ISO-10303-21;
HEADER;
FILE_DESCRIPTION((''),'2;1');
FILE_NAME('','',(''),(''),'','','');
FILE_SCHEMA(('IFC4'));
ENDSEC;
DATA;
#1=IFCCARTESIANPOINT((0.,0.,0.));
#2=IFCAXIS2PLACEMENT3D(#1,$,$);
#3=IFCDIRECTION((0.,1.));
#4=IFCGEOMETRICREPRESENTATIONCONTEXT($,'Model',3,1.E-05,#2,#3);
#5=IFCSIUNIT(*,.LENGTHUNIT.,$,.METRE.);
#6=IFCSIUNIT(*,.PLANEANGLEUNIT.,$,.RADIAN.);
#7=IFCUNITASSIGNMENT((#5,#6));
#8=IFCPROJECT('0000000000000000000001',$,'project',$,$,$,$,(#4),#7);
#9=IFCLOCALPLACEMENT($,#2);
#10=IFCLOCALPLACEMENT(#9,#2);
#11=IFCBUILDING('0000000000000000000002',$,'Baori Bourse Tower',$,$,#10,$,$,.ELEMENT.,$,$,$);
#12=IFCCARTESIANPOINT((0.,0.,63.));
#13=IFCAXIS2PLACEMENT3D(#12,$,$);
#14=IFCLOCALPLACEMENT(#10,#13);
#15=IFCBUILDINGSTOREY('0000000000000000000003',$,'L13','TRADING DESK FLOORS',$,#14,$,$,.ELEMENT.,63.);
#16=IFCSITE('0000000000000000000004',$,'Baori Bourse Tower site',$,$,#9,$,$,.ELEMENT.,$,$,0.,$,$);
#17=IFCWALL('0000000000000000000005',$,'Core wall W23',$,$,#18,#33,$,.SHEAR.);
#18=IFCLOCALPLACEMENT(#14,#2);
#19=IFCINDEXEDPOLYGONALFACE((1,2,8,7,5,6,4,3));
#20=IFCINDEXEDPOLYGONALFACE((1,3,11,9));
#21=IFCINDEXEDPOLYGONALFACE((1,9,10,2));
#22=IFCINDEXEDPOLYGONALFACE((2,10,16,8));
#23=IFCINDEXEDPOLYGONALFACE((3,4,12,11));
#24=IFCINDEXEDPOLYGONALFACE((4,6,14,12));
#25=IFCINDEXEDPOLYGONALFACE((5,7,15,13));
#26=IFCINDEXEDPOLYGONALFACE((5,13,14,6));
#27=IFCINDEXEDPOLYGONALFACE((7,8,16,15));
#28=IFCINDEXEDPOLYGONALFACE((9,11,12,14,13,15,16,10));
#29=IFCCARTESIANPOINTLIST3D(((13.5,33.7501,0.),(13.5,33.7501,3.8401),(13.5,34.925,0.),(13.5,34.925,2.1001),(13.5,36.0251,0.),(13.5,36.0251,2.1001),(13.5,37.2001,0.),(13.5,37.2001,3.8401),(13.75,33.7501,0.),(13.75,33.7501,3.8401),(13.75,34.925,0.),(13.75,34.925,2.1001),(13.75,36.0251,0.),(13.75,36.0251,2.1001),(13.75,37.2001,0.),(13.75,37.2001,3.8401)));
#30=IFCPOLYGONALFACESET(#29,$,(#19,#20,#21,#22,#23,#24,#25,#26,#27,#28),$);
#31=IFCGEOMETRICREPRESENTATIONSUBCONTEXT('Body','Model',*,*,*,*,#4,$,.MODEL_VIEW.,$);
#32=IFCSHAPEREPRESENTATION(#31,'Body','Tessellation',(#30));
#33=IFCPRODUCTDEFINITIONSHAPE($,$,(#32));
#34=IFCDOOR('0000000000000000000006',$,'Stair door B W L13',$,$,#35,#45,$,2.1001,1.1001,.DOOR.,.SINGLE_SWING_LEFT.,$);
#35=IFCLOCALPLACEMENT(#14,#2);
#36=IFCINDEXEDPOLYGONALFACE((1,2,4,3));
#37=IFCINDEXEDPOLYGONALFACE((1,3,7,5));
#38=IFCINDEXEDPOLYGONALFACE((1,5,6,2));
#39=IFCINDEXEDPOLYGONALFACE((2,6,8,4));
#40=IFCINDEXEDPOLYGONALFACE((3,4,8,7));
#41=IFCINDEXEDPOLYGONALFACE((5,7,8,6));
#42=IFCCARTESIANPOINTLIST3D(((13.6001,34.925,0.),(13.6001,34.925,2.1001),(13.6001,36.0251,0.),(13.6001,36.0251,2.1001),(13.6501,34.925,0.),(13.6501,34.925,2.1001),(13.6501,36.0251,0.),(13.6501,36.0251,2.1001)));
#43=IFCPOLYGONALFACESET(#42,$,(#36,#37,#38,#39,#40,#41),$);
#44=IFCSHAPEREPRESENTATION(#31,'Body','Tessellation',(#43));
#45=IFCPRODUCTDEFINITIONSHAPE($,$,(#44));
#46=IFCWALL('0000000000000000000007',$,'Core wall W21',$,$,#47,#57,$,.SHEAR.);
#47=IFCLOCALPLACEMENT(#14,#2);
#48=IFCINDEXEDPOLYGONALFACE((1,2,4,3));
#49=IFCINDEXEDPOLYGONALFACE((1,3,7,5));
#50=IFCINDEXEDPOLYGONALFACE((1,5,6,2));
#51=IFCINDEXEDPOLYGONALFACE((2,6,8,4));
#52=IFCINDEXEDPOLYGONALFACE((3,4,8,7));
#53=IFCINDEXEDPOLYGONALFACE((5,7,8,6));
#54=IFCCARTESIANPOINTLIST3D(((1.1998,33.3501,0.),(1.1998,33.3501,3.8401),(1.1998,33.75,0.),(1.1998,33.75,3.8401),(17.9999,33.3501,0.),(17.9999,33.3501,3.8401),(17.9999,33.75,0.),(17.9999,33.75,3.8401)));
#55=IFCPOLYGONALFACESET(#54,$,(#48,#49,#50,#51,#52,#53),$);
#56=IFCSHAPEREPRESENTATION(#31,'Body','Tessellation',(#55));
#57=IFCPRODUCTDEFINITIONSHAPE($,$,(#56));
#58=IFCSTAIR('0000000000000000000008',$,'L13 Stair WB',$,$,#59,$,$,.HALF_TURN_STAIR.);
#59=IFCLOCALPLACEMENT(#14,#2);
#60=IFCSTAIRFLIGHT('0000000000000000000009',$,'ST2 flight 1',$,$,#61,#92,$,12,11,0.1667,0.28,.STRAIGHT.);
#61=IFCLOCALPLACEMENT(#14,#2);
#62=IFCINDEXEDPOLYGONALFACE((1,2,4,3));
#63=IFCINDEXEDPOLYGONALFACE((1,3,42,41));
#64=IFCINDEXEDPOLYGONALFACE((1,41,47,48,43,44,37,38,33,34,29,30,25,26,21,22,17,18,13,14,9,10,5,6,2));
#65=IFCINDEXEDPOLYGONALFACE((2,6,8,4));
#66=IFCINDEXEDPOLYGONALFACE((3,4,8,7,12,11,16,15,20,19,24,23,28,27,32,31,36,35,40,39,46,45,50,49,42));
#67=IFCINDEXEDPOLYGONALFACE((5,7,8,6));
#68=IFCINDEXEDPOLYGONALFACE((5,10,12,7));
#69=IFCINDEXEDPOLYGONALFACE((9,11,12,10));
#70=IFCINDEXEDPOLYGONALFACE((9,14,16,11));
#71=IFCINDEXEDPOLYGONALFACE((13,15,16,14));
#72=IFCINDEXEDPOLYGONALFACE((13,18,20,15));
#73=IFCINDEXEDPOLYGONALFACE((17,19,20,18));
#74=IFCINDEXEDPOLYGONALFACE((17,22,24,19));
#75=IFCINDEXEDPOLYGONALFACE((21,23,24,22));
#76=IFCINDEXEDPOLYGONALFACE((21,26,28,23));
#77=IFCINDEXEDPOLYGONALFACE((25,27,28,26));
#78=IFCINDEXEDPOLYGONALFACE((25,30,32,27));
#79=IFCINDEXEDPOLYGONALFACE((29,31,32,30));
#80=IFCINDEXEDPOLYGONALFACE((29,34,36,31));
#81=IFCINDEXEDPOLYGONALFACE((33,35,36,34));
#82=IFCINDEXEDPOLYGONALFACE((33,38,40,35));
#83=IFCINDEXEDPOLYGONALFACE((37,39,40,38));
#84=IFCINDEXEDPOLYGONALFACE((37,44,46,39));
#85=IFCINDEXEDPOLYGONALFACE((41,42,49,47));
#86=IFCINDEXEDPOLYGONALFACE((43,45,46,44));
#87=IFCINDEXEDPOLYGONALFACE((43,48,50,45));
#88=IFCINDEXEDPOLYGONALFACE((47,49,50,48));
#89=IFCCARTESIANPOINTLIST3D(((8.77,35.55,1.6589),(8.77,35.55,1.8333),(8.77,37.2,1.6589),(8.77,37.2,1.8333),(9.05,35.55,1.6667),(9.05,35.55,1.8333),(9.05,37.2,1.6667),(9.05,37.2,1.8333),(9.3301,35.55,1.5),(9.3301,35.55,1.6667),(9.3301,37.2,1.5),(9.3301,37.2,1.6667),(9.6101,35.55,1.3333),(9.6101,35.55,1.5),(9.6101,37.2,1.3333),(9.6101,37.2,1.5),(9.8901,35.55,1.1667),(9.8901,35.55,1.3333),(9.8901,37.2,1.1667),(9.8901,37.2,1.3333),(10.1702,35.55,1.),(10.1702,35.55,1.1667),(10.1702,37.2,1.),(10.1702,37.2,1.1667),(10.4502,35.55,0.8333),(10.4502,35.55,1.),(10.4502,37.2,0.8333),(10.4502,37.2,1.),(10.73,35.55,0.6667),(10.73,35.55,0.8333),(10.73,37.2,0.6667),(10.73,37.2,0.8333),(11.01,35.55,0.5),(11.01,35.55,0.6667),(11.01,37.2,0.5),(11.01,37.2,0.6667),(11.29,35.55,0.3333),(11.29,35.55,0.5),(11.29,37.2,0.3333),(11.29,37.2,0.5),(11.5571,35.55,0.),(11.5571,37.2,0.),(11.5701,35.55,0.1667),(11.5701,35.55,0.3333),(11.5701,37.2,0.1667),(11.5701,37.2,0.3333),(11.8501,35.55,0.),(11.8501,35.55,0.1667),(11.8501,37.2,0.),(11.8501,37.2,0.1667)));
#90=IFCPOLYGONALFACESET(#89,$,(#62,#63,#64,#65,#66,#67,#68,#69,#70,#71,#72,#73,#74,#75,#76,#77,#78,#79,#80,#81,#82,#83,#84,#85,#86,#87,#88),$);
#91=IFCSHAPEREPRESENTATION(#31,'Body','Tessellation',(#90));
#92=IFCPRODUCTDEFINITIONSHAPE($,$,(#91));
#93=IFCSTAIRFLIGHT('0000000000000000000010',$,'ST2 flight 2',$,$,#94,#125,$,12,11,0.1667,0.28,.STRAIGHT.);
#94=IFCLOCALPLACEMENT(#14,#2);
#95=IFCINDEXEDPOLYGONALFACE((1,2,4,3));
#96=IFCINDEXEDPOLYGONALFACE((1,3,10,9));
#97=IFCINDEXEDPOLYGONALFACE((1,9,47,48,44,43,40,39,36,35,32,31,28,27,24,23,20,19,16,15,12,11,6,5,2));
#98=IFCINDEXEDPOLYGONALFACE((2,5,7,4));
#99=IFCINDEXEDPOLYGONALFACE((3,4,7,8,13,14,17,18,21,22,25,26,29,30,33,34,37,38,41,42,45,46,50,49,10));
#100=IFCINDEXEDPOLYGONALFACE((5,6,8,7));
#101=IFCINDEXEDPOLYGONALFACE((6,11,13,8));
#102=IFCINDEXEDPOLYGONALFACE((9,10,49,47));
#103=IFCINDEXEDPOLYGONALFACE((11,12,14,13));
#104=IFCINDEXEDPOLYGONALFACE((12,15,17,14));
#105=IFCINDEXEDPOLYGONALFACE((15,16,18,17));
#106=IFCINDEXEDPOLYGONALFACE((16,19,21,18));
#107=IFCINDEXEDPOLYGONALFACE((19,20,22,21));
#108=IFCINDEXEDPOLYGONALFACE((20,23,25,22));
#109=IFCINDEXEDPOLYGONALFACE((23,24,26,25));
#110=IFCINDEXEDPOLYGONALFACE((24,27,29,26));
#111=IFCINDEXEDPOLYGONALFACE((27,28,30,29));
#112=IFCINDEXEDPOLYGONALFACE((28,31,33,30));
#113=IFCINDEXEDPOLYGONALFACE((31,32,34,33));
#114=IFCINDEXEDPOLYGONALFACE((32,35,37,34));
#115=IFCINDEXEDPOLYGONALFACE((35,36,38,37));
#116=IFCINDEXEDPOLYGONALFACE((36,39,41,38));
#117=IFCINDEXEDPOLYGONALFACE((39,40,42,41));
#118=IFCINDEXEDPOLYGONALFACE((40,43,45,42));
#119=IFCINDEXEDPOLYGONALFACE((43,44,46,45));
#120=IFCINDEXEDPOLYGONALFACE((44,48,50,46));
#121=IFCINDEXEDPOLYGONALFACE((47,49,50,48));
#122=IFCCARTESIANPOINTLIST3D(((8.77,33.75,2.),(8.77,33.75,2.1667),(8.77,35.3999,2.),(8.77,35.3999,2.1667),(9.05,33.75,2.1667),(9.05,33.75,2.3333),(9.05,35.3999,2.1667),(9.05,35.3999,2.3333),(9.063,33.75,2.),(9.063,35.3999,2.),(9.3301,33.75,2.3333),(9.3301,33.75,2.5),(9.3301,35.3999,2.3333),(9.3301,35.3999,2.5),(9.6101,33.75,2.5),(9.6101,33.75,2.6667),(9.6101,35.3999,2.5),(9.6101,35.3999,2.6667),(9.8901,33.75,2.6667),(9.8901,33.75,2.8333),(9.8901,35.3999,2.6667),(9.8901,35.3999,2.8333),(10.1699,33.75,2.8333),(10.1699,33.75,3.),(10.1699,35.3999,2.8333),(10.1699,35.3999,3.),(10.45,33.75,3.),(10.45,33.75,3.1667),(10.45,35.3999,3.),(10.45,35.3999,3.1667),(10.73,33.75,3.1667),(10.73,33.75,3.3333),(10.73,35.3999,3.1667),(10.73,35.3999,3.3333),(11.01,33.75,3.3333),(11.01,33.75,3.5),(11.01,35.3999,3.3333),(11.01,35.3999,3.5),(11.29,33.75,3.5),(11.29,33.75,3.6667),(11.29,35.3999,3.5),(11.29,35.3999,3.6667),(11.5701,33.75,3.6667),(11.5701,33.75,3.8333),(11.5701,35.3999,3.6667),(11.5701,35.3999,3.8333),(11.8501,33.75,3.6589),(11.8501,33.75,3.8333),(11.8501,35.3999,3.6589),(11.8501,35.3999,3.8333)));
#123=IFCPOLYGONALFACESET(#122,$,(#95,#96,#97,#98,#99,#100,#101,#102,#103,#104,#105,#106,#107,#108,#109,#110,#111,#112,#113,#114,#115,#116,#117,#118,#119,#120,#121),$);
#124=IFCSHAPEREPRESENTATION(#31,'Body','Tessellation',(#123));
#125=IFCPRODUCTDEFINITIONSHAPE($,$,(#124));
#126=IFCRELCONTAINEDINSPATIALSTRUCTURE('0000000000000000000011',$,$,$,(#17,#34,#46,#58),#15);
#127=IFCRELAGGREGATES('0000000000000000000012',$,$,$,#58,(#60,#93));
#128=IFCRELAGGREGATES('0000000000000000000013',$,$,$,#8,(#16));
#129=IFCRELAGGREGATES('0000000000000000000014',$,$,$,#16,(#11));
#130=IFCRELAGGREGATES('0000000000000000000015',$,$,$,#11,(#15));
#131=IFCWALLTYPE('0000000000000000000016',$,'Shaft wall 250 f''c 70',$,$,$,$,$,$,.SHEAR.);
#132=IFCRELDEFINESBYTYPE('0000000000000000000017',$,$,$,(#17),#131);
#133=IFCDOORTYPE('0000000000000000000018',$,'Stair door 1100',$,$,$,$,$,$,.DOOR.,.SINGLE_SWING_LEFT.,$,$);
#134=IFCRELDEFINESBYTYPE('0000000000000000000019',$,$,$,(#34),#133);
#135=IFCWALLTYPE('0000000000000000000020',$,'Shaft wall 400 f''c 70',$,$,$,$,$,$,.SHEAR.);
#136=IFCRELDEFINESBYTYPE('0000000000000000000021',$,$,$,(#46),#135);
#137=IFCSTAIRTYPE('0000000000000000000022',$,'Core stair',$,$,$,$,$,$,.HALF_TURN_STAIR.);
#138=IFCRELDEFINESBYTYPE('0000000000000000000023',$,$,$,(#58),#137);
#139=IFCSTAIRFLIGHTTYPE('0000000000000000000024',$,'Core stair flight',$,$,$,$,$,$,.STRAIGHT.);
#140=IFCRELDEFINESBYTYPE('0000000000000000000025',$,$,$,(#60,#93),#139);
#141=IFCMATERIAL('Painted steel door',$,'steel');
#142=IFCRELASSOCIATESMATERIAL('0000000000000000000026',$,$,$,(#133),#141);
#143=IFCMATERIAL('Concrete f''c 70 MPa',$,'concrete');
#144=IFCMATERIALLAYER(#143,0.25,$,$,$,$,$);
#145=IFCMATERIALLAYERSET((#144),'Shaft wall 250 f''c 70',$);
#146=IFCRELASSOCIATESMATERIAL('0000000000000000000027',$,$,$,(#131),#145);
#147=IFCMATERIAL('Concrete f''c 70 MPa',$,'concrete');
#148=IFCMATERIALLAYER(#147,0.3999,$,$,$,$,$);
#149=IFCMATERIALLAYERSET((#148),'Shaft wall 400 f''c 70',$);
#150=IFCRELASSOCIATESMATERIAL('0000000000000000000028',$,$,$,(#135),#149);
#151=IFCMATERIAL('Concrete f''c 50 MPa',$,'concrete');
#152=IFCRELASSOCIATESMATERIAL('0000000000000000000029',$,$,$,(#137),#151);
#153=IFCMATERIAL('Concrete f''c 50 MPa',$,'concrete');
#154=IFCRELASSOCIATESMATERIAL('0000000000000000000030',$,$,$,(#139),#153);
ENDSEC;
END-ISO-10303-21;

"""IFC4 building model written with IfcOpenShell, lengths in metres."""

from ifc_helpers import new_model, si_unit, direction, frame, frame_2d, origin, place, context, subcontext, project, spatial, polyline, rectangle, outline, extrude, material, layer, layer_set, type_object, element, fill, aggregate, save


model = new_model("IFC4")

# Units and contexts
model_context = context("Model", 3, precision=1e-05, world=origin(), true_north=direction((0.0, 1.0)))
body_context = subcontext(model_context, "Body", "Model", "MODEL_VIEW")
ifc_project = project(units=[si_unit("LENGTHUNIT", "METRE"), si_unit("PLANEANGLEUNIT", "RADIAN")], contexts=[model_context])

# Site, building, storey
site_placement = place(None, origin())
site = spatial("IfcSite", under=ifc_project, at=site_placement, Name="Baori Bourse Tower site", CompositionType="ELEMENT", RefElevation=0.0)
building_placement = place(site_placement, origin())
building = spatial("IfcBuilding", under=site, at=building_placement, Name="Baori Bourse Tower", CompositionType="ELEMENT")
storey_placement = place(building_placement, frame((0.0, 0.0, 63.0)))
storey = spatial("IfcBuildingStorey", under=building, at=storey_placement, Name="L13", Description="TRADING DESK FLOORS", CompositionType="ELEMENT", Elevation=63.0)

# Wall, opening, door
ifc_material_1 = material(Name="Painted steel door", Category="steel")
door_type_1 = type_object("IfcDoorType", Name="Stair door 1100", OperationType="SINGLE_SWING_LEFT", PredefinedType="DOOR", material=ifc_material_1)
ifc_material_2 = material(Name="Concrete f'c 70 MPa", Category="concrete")
ifc_layer_1 = layer(ifc_material_2, 0.25)
ifc_layer_set_1 = layer_set([ifc_layer_1], Name="Shaft wall 250 f'c 70")
wall_type_1 = type_object("IfcWallType", Name="Shaft wall 250 f'c 70", PredefinedType="SHEAR", material=ifc_layer_set_1)
wall_1_placement = place(storey_placement, frame((13.625, 33.75, 0.0), z_axis=(0.0, 0.0, 1.0), x_axis=(0.0, 1.0, 0.0)))
wall_1 = element("IfcWall", 1, at=wall_1_placement, inside=storey, type_object=wall_type_1, Name="Core wall W23", PredefinedType="SHEAR", context=body_context, shape_type="SweptSolid", body=[
    extrude(rectangle(XDim=3.45, YDim=0.25, at=frame_2d((1.7251, 0.0))), origin(), (0.0, 0.0, 1.0), 3.8401),
])
opening_1_placement = place(wall_1_placement, frame((1.175, 0.0, 0.0)))
opening_1 = element("IfcOpeningElement", 2, at=opening_1_placement, cuts=wall_1, PredefinedType="OPENING", context=body_context, shape_type="SweptSolid", body=[
    extrude(rectangle(XDim=1.1001, YDim=2.1001, at=frame_2d((0.55, 1.05))), frame((0.0, 0.135, 0.0), z_axis=(0.0, -1.0, 0.0), x_axis=(1.0, 0.0, 0.0)), (0.0, 0.0, 1.0), 0.27),
])
door_1_placement = place(opening_1_placement, origin())
door_1 = element("IfcDoor", 3, at=door_1_placement, inside=storey, type_object=door_type_1, Name="Stair door B W L13", OperationType="SINGLE_SWING_LEFT", OverallHeight=2.1001, OverallWidth=1.1001, PredefinedType="DOOR", context=body_context, shape_type="SweptSolid", body=[
    extrude(rectangle(XDim=1.1001, YDim=2.1001, at=frame_2d((0.55, 1.05))), frame((0.0, 0.0249, 0.0), z_axis=(0.0, -1.0, 0.0), x_axis=(1.0, 0.0, 0.0)), (0.0, 0.0, 1.0), 0.05),
])
fill(opening_1, door_1)

# Wall
ifc_material_3 = material(Name="Concrete f'c 70 MPa", Category="concrete")
ifc_layer_2 = layer(ifc_material_3, 0.3999)
ifc_layer_set_2 = layer_set([ifc_layer_2], Name="Shaft wall 400 f'c 70")
wall_type_2 = type_object("IfcWallType", Name="Shaft wall 400 f'c 70", PredefinedType="SHEAR", material=ifc_layer_set_2)
wall_2_placement = place(storey_placement, frame((1.2, 33.55, 0.0), z_axis=(0.0, 0.0, 1.0), x_axis=(1.0, 0.0, 0.0)))
element("IfcWall", 4, at=wall_2_placement, inside=storey, type_object=wall_type_2, Name="Core wall W21", PredefinedType="SHEAR", context=body_context, shape_type="SweptSolid", body=[
    extrude(rectangle(XDim=16.8, YDim=0.3999, at=frame_2d((8.3999, 0.0))), origin(), (0.0, 0.0, 1.0), 3.8401),
])

# Stair, stair flights
ifc_material_4 = material(Name="Concrete f'c 50 MPa", Category="concrete")
stair_type = type_object("IfcStairType", Name="Core stair", PredefinedType="HALF_TURN_STAIR", material=ifc_material_4)
stair_placement = place(storey_placement, origin())
stair = element("IfcStair", 5, at=stair_placement, inside=storey, type_object=stair_type, Name="L13 Stair WB", PredefinedType="HALF_TURN_STAIR")
ifc_material_5 = material(Name="Concrete f'c 50 MPa", Category="concrete")
stair_flight_type = type_object("IfcStairFlightType", Name="Core stair flight", PredefinedType="STRAIGHT", material=ifc_material_5)
stair_flight_1_placement = place(storey_placement, frame((11.8501, 36.375, 0.0), z_axis=(0.0, 0.0, 1.0), x_axis=(-1.0, 0.0, 0.0)))
stair_flight_1 = element("IfcStairFlight", 6, at=stair_flight_1_placement, type_object=stair_flight_type, Name="ST2 flight 1", NumberOfRisers=12, NumberOfTreads=11, PredefinedType="STRAIGHT", RiserHeight=0.1667, TreadLength=0.28, context=body_context, shape_type="SweptSolid", body=[
    extrude(outline(polyline([(0.0, 0.0), (0.0, 0.1667), (0.28, 0.1667), (0.28, 0.3333), (0.5601, 0.3333), (0.5601, 0.5), (0.8401, 0.5), (0.8401, 0.6667), (1.1201, 0.6667), (1.1201, 0.8333), (1.3999, 0.8333), (1.3999, 1.0), (1.6799, 1.0), (1.6799, 1.1667), (1.96, 1.1667), (1.96, 1.3333), (2.24, 1.3333), (2.24, 1.5), (2.52, 1.5), (2.52, 1.6667), (2.8, 1.6667), (2.8, 1.8333), (3.0801, 1.8333), (3.0801, 2.0), (3.0801, 1.6589), (0.293, 0.0), (0.0, 0.0)])), frame((0.0, 0.825, 0.0), z_axis=(0.0, -1.0, 0.0), x_axis=(1.0, 0.0, 0.0)), (0.0, 0.0, 1.0), 1.6499),
])
stair_flight_2_placement = place(storey_placement, frame((8.77, 34.575, 2.0), z_axis=(0.0, 0.0, 1.0), x_axis=(1.0, 0.0, 0.0)))
stair_flight_2 = element("IfcStairFlight", 7, at=stair_flight_2_placement, type_object=stair_flight_type, Name="ST2 flight 2", NumberOfRisers=12, NumberOfTreads=11, PredefinedType="STRAIGHT", RiserHeight=0.1667, TreadLength=0.28, context=body_context, shape_type="SweptSolid", body=[
    extrude(outline(polyline([(0.0, 0.0), (0.0, 0.1667), (0.28, 0.1667), (0.28, 0.3333), (0.5601, 0.3333), (0.5601, 0.5), (0.8401, 0.5), (0.8401, 0.6667), (1.1201, 0.6667), (1.1201, 0.8333), (1.3999, 0.8333), (1.3999, 1.0), (1.6799, 1.0), (1.6799, 1.1667), (1.96, 1.1667), (1.96, 1.3333), (2.24, 1.3333), (2.24, 1.5), (2.52, 1.5), (2.52, 1.6667), (2.8, 1.6667), (2.8, 1.8333), (3.0801, 1.8333), (3.0801, 2.0), (3.0801, 1.6589), (0.293, 0.0), (0.0, 0.0)])), frame((0.0, 0.825, 0.0), z_axis=(0.0, -1.0, 0.0), x_axis=(1.0, 0.0, 0.0)), (0.0, 0.0, 1.0), 1.6499),
])
aggregate(stair, [stair_flight_1, stair_flight_2])

save(model, "model.ifc")
